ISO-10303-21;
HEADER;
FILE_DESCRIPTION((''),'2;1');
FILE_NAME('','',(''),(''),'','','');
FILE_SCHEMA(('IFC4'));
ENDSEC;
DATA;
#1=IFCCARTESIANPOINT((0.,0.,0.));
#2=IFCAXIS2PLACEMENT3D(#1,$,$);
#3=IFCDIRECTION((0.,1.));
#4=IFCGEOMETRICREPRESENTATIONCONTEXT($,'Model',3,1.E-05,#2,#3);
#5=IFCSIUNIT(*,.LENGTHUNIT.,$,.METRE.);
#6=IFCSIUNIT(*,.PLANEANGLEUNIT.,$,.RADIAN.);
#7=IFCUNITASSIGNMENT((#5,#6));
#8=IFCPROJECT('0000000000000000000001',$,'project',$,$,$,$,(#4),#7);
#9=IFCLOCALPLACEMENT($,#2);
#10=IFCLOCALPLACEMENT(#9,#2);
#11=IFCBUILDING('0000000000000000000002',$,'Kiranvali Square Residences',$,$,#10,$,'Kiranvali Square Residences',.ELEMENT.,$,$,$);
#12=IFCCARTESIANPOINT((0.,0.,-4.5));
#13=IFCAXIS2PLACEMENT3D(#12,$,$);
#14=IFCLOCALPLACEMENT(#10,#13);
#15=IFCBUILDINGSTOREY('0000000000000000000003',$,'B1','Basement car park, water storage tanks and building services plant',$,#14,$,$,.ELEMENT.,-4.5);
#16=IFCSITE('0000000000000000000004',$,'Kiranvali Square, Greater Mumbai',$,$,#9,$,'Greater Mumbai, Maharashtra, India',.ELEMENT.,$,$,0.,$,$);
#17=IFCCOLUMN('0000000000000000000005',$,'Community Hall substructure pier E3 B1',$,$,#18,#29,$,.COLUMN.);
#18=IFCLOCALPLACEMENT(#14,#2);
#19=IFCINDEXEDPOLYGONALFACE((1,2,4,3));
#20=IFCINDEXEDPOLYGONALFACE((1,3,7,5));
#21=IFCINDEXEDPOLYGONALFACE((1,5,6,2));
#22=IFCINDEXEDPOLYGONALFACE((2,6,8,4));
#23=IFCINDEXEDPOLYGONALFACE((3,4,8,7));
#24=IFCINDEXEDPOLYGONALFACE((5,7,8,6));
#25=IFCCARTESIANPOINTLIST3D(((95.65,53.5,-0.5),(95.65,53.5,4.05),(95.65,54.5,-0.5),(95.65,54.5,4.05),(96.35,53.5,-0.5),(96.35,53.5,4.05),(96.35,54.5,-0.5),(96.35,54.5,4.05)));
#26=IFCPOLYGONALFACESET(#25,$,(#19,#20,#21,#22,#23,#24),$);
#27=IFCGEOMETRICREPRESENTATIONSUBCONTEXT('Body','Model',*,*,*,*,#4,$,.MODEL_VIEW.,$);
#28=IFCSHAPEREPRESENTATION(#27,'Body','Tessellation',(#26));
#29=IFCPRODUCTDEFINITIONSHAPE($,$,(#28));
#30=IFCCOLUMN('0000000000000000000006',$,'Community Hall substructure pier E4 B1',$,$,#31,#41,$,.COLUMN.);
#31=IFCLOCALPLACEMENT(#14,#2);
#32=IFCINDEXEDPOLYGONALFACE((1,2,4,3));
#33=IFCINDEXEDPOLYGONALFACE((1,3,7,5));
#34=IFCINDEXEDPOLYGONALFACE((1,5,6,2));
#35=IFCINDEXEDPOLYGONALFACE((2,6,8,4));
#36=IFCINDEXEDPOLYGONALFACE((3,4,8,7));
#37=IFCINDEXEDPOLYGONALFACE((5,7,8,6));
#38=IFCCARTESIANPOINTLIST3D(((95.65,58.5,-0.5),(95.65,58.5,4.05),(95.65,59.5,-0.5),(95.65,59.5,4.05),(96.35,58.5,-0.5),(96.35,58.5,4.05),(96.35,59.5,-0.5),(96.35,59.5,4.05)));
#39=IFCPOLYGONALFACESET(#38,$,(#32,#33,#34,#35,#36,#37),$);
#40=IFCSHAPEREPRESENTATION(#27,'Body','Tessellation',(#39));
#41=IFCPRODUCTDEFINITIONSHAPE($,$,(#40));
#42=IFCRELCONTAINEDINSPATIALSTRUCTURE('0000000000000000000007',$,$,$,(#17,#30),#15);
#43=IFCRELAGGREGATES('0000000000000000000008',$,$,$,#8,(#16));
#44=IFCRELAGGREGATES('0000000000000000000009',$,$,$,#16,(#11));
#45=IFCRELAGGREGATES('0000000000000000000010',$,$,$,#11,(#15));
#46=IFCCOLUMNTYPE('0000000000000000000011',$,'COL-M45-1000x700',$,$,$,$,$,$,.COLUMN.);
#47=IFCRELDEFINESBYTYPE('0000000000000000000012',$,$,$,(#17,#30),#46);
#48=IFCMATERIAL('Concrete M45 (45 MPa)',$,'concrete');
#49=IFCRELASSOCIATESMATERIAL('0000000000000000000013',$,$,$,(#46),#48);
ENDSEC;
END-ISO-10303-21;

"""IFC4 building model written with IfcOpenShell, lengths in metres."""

from ifc_helpers import new_model, si_unit, direction, frame, origin, origin_2d, place, context, subcontext, project, spatial, rectangle, extrude, material, material_profile, profile_set, type_object, element, save


model = new_model("IFC4")

# Units and contexts
model_context = context("Model", 3, precision=1e-05, world=origin(), true_north=direction((0.0, 1.0)))
body_context = subcontext(model_context, "Body", "Model", "MODEL_VIEW")
ifc_project = project(units=[si_unit("LENGTHUNIT", "METRE"), si_unit("PLANEANGLEUNIT", "RADIAN")], contexts=[model_context])

# Site, building, storey
site_placement = place(None, origin())
site = spatial("IfcSite", under=ifc_project, at=site_placement, Name="Kiranvali Square, Greater Mumbai", LongName="Greater Mumbai, Maharashtra, India", CompositionType="ELEMENT", RefElevation=0.0)
building_placement = place(site_placement, origin())
building = spatial("IfcBuilding", under=site, at=building_placement, Name="Kiranvali Square Residences", LongName="Kiranvali Square Residences", CompositionType="ELEMENT")
storey_placement = place(building_placement, frame((0.0, 0.0, -4.5)))
storey = spatial("IfcBuildingStorey", under=building, at=storey_placement, Name="B1", Description="Basement car park, water storage tanks and building services plant", CompositionType="ELEMENT", Elevation=-4.5)

# Columns
ifc_material_1 = material(Name="Concrete M45 (45 MPa)", Category="concrete")
ifc_material_profile_1 = material_profile(ifc_material_1, rectangle(XDim=0.7, YDim=1.0, at=origin_2d()), Name="RC 1000x700")
ifc_profile_set_1 = profile_set([ifc_material_profile_1], Name="Concrete M45 (45 MPa)")
column_type_1 = type_object("IfcColumnType", Name="COL-M45-1000x700", PredefinedType="COLUMN", material=ifc_profile_set_1)
for number, where, z_axis, x_axis, name in (
    (1, (96.0, 54.0, -0.5), (0.0, 0.0, 1.0), (1.0, 0.0, 0.0), "Community Hall substructure pier E3 B1"),
    (2, (96.0, 59.0, -0.5), (0.0, 0.0, 1.0), (1.0, 0.0, 0.0), "Community Hall substructure pier E4 B1"),
):
    element("IfcColumn", number, at=place(storey_placement, frame(where, z_axis=z_axis, x_axis=x_axis)), inside=storey, type_object=column_type_1, Name=name, PredefinedType="COLUMN", context=body_context, shape_type="SweptSolid", body=[
        extrude(rectangle(XDim=0.7, YDim=1.0, at=origin_2d()), origin(), (0.0, 0.0, 1.0), 4.55),
    ])

save(model, "model.ifc")
